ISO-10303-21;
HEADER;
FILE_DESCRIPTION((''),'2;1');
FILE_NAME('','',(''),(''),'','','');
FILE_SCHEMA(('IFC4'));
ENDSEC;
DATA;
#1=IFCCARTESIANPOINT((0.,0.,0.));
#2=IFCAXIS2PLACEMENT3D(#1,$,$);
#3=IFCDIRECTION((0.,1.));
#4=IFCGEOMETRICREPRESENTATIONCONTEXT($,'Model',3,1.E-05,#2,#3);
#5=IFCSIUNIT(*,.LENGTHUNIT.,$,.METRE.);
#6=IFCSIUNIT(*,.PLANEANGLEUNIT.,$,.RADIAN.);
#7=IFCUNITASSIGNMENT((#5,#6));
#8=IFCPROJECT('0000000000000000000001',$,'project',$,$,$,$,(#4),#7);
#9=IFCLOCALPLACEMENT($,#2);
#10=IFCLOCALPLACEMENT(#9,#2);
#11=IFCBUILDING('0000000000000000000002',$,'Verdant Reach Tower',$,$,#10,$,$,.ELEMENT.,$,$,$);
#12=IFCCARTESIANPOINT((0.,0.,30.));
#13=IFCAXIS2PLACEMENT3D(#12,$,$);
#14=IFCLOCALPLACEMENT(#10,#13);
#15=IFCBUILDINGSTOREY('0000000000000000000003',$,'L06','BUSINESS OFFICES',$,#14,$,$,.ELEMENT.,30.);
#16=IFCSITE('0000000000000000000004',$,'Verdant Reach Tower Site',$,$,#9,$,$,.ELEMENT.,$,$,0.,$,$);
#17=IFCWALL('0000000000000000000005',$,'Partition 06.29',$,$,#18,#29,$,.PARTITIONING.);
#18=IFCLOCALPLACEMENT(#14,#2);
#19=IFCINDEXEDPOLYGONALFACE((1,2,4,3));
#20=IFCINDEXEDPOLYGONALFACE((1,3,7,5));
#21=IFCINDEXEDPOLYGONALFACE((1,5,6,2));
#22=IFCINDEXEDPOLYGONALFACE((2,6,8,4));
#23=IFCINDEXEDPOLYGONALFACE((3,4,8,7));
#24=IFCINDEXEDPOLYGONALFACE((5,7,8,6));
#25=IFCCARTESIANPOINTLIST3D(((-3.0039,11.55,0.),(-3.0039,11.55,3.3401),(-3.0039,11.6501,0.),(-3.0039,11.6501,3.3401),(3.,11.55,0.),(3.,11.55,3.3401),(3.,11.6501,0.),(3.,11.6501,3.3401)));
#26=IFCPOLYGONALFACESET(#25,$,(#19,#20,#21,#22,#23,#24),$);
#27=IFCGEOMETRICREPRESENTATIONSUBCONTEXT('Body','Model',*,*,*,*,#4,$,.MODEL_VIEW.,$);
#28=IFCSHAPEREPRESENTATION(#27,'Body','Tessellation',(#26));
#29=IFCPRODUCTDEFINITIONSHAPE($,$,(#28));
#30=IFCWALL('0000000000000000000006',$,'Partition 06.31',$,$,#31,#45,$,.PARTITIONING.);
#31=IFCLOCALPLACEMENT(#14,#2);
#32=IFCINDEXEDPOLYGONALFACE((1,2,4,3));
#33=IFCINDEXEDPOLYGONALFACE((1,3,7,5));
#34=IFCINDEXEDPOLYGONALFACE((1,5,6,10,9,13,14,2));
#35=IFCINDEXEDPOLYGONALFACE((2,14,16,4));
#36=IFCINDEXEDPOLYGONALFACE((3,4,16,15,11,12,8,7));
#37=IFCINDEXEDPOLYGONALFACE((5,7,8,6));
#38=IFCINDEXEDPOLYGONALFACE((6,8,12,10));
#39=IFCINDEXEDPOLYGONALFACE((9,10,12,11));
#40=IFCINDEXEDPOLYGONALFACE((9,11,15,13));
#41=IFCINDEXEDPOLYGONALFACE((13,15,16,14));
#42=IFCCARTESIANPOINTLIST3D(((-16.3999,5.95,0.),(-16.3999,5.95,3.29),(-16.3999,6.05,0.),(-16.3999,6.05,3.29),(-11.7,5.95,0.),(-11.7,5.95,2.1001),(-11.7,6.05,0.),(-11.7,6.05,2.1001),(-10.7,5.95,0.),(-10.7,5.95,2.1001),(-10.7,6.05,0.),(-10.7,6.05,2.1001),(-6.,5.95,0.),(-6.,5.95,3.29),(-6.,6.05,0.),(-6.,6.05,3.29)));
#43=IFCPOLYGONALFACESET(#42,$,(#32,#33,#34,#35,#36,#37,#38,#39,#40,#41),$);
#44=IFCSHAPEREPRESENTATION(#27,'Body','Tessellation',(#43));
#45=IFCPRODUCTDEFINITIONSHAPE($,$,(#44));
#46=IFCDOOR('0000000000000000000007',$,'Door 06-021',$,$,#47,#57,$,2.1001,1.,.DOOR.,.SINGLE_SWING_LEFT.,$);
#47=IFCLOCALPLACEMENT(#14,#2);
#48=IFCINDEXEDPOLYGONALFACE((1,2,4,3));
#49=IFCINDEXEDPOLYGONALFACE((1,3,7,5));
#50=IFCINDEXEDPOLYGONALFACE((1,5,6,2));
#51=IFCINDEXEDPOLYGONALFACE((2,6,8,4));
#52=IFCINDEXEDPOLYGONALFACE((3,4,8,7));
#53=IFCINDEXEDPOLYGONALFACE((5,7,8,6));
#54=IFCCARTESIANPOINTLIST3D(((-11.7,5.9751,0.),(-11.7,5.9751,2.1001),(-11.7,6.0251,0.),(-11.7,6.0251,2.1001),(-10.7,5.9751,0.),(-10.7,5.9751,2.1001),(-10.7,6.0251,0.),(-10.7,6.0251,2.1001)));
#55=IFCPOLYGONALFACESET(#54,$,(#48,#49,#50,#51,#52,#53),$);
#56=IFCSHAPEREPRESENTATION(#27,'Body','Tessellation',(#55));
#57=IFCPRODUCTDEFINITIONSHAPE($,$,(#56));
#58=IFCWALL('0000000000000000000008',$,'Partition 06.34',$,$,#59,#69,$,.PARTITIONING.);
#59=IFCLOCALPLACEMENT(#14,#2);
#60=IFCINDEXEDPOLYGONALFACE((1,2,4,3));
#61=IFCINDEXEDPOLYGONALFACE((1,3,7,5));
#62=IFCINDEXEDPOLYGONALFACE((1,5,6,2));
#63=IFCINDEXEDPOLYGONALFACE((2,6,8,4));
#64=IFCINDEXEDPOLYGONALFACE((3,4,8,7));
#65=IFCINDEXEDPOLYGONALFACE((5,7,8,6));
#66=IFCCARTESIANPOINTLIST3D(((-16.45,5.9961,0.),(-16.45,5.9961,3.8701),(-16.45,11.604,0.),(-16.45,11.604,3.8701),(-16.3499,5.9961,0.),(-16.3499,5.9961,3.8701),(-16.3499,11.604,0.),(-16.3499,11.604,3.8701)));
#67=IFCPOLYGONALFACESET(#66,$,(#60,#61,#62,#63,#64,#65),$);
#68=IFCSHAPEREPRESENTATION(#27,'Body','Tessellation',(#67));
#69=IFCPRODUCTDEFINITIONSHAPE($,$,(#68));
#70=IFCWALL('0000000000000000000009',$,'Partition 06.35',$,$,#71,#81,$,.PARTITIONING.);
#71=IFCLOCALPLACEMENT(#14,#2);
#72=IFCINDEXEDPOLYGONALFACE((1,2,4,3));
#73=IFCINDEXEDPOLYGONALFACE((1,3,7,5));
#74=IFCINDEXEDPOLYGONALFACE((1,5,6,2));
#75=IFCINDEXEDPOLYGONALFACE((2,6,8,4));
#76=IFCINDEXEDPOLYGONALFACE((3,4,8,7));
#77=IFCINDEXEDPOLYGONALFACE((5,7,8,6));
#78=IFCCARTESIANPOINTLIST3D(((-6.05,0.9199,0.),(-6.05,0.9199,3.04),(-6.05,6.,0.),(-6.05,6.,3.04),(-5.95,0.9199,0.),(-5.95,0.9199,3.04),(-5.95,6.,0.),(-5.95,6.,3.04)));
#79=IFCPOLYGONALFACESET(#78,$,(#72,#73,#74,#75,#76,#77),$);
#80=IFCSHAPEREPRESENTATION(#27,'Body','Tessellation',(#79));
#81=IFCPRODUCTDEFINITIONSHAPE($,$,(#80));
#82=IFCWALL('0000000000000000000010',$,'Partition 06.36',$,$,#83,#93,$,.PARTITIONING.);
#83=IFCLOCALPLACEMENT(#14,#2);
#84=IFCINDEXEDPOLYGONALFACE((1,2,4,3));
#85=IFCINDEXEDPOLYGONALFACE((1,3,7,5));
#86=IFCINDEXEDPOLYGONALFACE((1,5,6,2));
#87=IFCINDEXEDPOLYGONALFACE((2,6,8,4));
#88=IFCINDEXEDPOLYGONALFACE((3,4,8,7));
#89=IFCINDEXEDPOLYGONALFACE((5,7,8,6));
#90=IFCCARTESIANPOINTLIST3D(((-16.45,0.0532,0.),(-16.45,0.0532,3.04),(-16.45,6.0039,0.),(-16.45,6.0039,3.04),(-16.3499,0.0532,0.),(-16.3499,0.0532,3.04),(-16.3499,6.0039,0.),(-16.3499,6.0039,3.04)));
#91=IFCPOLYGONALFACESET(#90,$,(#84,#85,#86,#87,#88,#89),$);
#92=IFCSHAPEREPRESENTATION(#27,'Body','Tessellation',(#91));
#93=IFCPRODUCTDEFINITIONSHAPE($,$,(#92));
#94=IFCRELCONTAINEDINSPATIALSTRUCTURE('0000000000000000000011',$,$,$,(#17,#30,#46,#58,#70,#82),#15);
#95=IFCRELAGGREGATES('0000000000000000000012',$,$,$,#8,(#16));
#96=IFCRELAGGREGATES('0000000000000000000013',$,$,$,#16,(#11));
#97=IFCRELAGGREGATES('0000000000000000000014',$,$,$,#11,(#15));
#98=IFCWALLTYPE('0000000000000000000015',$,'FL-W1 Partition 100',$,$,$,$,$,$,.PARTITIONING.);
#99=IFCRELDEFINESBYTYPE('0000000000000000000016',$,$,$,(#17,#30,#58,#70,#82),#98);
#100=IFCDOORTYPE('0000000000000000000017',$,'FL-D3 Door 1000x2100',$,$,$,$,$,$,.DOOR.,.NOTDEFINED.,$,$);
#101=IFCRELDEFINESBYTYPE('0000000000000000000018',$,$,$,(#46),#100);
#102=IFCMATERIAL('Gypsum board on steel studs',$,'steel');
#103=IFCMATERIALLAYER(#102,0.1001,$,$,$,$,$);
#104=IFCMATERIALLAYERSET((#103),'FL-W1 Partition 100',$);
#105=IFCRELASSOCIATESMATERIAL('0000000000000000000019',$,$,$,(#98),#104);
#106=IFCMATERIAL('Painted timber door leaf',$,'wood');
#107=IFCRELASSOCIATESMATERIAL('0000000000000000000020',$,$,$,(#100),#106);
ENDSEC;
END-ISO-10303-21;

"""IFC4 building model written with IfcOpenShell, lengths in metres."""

from ifc_helpers import new_model, si_unit, direction, frame, frame_2d, origin, place, context, subcontext, project, spatial, rectangle, extrude, material, layer, layer_set, type_object, element, fill, save


model = new_model("IFC4")

# Units and contexts
model_context = context("Model", 3, precision=1e-05, world=origin(), true_north=direction((0.0, 1.0)))
body_context = subcontext(model_context, "Body", "Model", "MODEL_VIEW")
ifc_project = project(units=[si_unit("LENGTHUNIT", "METRE"), si_unit("PLANEANGLEUNIT", "RADIAN")], contexts=[model_context])

# Site, building, storey
site_placement = place(None, origin())
site = spatial("IfcSite", under=ifc_project, at=site_placement, Name="Verdant Reach Tower Site", CompositionType="ELEMENT", RefElevation=0.0)
building_placement = place(site_placement, origin())
building = spatial("IfcBuilding", under=site, at=building_placement, Name="Verdant Reach Tower", CompositionType="ELEMENT")
storey_placement = place(building_placement, frame((0.0, 0.0, 30.0)))
storey = spatial("IfcBuildingStorey", under=building, at=storey_placement, Name="L06", Description="BUSINESS OFFICES", CompositionType="ELEMENT", Elevation=30.0)

# Shared definitions
ifc_material_1 = material(Name="Gypsum board on steel studs", Category="steel")
ifc_layer_1 = layer(ifc_material_1, 0.1001)
ifc_layer_set_1 = layer_set([ifc_layer_1], Name="FL-W1 Partition 100")
wall_type = type_object("IfcWallType", Name="FL-W1 Partition 100", PredefinedType="PARTITIONING", material=ifc_layer_set_1)
ifc_material_2 = material(Name="Painted timber door leaf", Category="wood")
door_type = type_object("IfcDoorType", Name="FL-D3 Door 1000x2100", OperationType="NOTDEFINED", PredefinedType="DOOR", material=ifc_material_2)

# Wall
wall_1_placement = place(storey_placement, frame((-3.0039, 11.6001, 0.0), z_axis=(0.0, 0.0, 1.0), x_axis=(1.0, 0.0, 0.0)))
element("IfcWall", 1, at=wall_1_placement, inside=storey, type_object=wall_type, Name="Partition 06.29", PredefinedType="PARTITIONING", context=body_context, shape_type="SweptSolid", body=[
    extrude(rectangle(XDim=6.0039, YDim=0.1001, at=frame_2d((3.002, 0.0))), origin(), (0.0, 0.0, 1.0), 3.3401),
])

# Wall, opening, door
wall_2_placement = place(storey_placement, frame((-6.0, 6.0, 0.0), z_axis=(0.0, 0.0, 1.0), x_axis=(-1.0, 0.0, 0.0)))
wall_2 = element("IfcWall", 2, at=wall_2_placement, inside=storey, type_object=wall_type, Name="Partition 06.31", PredefinedType="PARTITIONING", context=body_context, shape_type="SweptSolid", body=[
    extrude(rectangle(XDim=10.3999, YDim=0.1001, at=frame_2d((5.2, 0.0))), origin(), (0.0, 0.0, 1.0), 3.29),
])
opening_1_placement = place(wall_2_placement, frame((4.7, 0.0, 0.0)))
opening_1 = element("IfcOpeningElement", 3, at=opening_1_placement, cuts=wall_2, PredefinedType="OPENING", context=body_context, shape_type="SweptSolid", body=[
    extrude(rectangle(XDim=1.0, YDim=2.1001, at=frame_2d((0.5, 1.05))), frame((0.0, 0.0601, 0.0), z_axis=(0.0, -1.0, 0.0), x_axis=(1.0, 0.0, 0.0)), (0.0, 0.0, 1.0), 0.1201),
])
door_1_placement = place(opening_1_placement, origin())
door_1 = element("IfcDoor", 4, at=door_1_placement, inside=storey, type_object=door_type, Name="Door 06-021", OperationType="SINGLE_SWING_LEFT", OverallHeight=2.1001, OverallWidth=1.0, PredefinedType="DOOR", context=body_context, shape_type="SweptSolid", body=[
    extrude(rectangle(XDim=1.0, YDim=2.1001, at=frame_2d((0.5, 1.05))), frame((0.0, 0.0249, 0.0), z_axis=(0.0, -1.0, 0.0), x_axis=(1.0, 0.0, 0.0)), (0.0, 0.0, 1.0), 0.05),
])
fill(opening_1, door_1)

# Walls
wall_3_placement = place(storey_placement, frame((-16.3999, 11.604, 0.0), z_axis=(0.0, 0.0, 1.0), x_axis=(0.0, -1.0, 0.0)))
element("IfcWall", 5, at=wall_3_placement, inside=storey, type_object=wall_type, Name="Partition 06.34", PredefinedType="PARTITIONING", context=body_context, shape_type="SweptSolid", body=[
    extrude(rectangle(XDim=5.6079, YDim=0.1001, at=frame_2d((2.804, 0.0))), origin(), (0.0, 0.0, 1.0), 3.8701),
])
wall_4_placement = place(storey_placement, frame((-6.0, 0.9199, 0.0), z_axis=(0.0, 0.0, 1.0), x_axis=(0.0, 1.0, 0.0)))
element("IfcWall", 6, at=wall_4_placement, inside=storey, type_object=wall_type, Name="Partition 06.35", PredefinedType="PARTITIONING", context=body_context, shape_type="SweptSolid", body=[
    extrude(rectangle(XDim=5.0801, YDim=0.1001, at=frame_2d((2.54, 0.0))), origin(), (0.0, 0.0, 1.0), 3.04),
])
wall_5_placement = place(storey_placement, frame((-16.3999, 6.0039, 0.0), z_axis=(0.0, 0.0, 1.0), x_axis=(0.0, -1.0, 0.0)))
element("IfcWall", 7, at=wall_5_placement, inside=storey, type_object=wall_type, Name="Partition 06.36", PredefinedType="PARTITIONING", context=body_context, shape_type="SweptSolid", body=[
    extrude(rectangle(XDim=5.9507, YDim=0.1001, at=frame_2d((2.9753, 0.0))), origin(), (0.0, 0.0, 1.0), 3.04),
])

save(model, "model.ifc")
